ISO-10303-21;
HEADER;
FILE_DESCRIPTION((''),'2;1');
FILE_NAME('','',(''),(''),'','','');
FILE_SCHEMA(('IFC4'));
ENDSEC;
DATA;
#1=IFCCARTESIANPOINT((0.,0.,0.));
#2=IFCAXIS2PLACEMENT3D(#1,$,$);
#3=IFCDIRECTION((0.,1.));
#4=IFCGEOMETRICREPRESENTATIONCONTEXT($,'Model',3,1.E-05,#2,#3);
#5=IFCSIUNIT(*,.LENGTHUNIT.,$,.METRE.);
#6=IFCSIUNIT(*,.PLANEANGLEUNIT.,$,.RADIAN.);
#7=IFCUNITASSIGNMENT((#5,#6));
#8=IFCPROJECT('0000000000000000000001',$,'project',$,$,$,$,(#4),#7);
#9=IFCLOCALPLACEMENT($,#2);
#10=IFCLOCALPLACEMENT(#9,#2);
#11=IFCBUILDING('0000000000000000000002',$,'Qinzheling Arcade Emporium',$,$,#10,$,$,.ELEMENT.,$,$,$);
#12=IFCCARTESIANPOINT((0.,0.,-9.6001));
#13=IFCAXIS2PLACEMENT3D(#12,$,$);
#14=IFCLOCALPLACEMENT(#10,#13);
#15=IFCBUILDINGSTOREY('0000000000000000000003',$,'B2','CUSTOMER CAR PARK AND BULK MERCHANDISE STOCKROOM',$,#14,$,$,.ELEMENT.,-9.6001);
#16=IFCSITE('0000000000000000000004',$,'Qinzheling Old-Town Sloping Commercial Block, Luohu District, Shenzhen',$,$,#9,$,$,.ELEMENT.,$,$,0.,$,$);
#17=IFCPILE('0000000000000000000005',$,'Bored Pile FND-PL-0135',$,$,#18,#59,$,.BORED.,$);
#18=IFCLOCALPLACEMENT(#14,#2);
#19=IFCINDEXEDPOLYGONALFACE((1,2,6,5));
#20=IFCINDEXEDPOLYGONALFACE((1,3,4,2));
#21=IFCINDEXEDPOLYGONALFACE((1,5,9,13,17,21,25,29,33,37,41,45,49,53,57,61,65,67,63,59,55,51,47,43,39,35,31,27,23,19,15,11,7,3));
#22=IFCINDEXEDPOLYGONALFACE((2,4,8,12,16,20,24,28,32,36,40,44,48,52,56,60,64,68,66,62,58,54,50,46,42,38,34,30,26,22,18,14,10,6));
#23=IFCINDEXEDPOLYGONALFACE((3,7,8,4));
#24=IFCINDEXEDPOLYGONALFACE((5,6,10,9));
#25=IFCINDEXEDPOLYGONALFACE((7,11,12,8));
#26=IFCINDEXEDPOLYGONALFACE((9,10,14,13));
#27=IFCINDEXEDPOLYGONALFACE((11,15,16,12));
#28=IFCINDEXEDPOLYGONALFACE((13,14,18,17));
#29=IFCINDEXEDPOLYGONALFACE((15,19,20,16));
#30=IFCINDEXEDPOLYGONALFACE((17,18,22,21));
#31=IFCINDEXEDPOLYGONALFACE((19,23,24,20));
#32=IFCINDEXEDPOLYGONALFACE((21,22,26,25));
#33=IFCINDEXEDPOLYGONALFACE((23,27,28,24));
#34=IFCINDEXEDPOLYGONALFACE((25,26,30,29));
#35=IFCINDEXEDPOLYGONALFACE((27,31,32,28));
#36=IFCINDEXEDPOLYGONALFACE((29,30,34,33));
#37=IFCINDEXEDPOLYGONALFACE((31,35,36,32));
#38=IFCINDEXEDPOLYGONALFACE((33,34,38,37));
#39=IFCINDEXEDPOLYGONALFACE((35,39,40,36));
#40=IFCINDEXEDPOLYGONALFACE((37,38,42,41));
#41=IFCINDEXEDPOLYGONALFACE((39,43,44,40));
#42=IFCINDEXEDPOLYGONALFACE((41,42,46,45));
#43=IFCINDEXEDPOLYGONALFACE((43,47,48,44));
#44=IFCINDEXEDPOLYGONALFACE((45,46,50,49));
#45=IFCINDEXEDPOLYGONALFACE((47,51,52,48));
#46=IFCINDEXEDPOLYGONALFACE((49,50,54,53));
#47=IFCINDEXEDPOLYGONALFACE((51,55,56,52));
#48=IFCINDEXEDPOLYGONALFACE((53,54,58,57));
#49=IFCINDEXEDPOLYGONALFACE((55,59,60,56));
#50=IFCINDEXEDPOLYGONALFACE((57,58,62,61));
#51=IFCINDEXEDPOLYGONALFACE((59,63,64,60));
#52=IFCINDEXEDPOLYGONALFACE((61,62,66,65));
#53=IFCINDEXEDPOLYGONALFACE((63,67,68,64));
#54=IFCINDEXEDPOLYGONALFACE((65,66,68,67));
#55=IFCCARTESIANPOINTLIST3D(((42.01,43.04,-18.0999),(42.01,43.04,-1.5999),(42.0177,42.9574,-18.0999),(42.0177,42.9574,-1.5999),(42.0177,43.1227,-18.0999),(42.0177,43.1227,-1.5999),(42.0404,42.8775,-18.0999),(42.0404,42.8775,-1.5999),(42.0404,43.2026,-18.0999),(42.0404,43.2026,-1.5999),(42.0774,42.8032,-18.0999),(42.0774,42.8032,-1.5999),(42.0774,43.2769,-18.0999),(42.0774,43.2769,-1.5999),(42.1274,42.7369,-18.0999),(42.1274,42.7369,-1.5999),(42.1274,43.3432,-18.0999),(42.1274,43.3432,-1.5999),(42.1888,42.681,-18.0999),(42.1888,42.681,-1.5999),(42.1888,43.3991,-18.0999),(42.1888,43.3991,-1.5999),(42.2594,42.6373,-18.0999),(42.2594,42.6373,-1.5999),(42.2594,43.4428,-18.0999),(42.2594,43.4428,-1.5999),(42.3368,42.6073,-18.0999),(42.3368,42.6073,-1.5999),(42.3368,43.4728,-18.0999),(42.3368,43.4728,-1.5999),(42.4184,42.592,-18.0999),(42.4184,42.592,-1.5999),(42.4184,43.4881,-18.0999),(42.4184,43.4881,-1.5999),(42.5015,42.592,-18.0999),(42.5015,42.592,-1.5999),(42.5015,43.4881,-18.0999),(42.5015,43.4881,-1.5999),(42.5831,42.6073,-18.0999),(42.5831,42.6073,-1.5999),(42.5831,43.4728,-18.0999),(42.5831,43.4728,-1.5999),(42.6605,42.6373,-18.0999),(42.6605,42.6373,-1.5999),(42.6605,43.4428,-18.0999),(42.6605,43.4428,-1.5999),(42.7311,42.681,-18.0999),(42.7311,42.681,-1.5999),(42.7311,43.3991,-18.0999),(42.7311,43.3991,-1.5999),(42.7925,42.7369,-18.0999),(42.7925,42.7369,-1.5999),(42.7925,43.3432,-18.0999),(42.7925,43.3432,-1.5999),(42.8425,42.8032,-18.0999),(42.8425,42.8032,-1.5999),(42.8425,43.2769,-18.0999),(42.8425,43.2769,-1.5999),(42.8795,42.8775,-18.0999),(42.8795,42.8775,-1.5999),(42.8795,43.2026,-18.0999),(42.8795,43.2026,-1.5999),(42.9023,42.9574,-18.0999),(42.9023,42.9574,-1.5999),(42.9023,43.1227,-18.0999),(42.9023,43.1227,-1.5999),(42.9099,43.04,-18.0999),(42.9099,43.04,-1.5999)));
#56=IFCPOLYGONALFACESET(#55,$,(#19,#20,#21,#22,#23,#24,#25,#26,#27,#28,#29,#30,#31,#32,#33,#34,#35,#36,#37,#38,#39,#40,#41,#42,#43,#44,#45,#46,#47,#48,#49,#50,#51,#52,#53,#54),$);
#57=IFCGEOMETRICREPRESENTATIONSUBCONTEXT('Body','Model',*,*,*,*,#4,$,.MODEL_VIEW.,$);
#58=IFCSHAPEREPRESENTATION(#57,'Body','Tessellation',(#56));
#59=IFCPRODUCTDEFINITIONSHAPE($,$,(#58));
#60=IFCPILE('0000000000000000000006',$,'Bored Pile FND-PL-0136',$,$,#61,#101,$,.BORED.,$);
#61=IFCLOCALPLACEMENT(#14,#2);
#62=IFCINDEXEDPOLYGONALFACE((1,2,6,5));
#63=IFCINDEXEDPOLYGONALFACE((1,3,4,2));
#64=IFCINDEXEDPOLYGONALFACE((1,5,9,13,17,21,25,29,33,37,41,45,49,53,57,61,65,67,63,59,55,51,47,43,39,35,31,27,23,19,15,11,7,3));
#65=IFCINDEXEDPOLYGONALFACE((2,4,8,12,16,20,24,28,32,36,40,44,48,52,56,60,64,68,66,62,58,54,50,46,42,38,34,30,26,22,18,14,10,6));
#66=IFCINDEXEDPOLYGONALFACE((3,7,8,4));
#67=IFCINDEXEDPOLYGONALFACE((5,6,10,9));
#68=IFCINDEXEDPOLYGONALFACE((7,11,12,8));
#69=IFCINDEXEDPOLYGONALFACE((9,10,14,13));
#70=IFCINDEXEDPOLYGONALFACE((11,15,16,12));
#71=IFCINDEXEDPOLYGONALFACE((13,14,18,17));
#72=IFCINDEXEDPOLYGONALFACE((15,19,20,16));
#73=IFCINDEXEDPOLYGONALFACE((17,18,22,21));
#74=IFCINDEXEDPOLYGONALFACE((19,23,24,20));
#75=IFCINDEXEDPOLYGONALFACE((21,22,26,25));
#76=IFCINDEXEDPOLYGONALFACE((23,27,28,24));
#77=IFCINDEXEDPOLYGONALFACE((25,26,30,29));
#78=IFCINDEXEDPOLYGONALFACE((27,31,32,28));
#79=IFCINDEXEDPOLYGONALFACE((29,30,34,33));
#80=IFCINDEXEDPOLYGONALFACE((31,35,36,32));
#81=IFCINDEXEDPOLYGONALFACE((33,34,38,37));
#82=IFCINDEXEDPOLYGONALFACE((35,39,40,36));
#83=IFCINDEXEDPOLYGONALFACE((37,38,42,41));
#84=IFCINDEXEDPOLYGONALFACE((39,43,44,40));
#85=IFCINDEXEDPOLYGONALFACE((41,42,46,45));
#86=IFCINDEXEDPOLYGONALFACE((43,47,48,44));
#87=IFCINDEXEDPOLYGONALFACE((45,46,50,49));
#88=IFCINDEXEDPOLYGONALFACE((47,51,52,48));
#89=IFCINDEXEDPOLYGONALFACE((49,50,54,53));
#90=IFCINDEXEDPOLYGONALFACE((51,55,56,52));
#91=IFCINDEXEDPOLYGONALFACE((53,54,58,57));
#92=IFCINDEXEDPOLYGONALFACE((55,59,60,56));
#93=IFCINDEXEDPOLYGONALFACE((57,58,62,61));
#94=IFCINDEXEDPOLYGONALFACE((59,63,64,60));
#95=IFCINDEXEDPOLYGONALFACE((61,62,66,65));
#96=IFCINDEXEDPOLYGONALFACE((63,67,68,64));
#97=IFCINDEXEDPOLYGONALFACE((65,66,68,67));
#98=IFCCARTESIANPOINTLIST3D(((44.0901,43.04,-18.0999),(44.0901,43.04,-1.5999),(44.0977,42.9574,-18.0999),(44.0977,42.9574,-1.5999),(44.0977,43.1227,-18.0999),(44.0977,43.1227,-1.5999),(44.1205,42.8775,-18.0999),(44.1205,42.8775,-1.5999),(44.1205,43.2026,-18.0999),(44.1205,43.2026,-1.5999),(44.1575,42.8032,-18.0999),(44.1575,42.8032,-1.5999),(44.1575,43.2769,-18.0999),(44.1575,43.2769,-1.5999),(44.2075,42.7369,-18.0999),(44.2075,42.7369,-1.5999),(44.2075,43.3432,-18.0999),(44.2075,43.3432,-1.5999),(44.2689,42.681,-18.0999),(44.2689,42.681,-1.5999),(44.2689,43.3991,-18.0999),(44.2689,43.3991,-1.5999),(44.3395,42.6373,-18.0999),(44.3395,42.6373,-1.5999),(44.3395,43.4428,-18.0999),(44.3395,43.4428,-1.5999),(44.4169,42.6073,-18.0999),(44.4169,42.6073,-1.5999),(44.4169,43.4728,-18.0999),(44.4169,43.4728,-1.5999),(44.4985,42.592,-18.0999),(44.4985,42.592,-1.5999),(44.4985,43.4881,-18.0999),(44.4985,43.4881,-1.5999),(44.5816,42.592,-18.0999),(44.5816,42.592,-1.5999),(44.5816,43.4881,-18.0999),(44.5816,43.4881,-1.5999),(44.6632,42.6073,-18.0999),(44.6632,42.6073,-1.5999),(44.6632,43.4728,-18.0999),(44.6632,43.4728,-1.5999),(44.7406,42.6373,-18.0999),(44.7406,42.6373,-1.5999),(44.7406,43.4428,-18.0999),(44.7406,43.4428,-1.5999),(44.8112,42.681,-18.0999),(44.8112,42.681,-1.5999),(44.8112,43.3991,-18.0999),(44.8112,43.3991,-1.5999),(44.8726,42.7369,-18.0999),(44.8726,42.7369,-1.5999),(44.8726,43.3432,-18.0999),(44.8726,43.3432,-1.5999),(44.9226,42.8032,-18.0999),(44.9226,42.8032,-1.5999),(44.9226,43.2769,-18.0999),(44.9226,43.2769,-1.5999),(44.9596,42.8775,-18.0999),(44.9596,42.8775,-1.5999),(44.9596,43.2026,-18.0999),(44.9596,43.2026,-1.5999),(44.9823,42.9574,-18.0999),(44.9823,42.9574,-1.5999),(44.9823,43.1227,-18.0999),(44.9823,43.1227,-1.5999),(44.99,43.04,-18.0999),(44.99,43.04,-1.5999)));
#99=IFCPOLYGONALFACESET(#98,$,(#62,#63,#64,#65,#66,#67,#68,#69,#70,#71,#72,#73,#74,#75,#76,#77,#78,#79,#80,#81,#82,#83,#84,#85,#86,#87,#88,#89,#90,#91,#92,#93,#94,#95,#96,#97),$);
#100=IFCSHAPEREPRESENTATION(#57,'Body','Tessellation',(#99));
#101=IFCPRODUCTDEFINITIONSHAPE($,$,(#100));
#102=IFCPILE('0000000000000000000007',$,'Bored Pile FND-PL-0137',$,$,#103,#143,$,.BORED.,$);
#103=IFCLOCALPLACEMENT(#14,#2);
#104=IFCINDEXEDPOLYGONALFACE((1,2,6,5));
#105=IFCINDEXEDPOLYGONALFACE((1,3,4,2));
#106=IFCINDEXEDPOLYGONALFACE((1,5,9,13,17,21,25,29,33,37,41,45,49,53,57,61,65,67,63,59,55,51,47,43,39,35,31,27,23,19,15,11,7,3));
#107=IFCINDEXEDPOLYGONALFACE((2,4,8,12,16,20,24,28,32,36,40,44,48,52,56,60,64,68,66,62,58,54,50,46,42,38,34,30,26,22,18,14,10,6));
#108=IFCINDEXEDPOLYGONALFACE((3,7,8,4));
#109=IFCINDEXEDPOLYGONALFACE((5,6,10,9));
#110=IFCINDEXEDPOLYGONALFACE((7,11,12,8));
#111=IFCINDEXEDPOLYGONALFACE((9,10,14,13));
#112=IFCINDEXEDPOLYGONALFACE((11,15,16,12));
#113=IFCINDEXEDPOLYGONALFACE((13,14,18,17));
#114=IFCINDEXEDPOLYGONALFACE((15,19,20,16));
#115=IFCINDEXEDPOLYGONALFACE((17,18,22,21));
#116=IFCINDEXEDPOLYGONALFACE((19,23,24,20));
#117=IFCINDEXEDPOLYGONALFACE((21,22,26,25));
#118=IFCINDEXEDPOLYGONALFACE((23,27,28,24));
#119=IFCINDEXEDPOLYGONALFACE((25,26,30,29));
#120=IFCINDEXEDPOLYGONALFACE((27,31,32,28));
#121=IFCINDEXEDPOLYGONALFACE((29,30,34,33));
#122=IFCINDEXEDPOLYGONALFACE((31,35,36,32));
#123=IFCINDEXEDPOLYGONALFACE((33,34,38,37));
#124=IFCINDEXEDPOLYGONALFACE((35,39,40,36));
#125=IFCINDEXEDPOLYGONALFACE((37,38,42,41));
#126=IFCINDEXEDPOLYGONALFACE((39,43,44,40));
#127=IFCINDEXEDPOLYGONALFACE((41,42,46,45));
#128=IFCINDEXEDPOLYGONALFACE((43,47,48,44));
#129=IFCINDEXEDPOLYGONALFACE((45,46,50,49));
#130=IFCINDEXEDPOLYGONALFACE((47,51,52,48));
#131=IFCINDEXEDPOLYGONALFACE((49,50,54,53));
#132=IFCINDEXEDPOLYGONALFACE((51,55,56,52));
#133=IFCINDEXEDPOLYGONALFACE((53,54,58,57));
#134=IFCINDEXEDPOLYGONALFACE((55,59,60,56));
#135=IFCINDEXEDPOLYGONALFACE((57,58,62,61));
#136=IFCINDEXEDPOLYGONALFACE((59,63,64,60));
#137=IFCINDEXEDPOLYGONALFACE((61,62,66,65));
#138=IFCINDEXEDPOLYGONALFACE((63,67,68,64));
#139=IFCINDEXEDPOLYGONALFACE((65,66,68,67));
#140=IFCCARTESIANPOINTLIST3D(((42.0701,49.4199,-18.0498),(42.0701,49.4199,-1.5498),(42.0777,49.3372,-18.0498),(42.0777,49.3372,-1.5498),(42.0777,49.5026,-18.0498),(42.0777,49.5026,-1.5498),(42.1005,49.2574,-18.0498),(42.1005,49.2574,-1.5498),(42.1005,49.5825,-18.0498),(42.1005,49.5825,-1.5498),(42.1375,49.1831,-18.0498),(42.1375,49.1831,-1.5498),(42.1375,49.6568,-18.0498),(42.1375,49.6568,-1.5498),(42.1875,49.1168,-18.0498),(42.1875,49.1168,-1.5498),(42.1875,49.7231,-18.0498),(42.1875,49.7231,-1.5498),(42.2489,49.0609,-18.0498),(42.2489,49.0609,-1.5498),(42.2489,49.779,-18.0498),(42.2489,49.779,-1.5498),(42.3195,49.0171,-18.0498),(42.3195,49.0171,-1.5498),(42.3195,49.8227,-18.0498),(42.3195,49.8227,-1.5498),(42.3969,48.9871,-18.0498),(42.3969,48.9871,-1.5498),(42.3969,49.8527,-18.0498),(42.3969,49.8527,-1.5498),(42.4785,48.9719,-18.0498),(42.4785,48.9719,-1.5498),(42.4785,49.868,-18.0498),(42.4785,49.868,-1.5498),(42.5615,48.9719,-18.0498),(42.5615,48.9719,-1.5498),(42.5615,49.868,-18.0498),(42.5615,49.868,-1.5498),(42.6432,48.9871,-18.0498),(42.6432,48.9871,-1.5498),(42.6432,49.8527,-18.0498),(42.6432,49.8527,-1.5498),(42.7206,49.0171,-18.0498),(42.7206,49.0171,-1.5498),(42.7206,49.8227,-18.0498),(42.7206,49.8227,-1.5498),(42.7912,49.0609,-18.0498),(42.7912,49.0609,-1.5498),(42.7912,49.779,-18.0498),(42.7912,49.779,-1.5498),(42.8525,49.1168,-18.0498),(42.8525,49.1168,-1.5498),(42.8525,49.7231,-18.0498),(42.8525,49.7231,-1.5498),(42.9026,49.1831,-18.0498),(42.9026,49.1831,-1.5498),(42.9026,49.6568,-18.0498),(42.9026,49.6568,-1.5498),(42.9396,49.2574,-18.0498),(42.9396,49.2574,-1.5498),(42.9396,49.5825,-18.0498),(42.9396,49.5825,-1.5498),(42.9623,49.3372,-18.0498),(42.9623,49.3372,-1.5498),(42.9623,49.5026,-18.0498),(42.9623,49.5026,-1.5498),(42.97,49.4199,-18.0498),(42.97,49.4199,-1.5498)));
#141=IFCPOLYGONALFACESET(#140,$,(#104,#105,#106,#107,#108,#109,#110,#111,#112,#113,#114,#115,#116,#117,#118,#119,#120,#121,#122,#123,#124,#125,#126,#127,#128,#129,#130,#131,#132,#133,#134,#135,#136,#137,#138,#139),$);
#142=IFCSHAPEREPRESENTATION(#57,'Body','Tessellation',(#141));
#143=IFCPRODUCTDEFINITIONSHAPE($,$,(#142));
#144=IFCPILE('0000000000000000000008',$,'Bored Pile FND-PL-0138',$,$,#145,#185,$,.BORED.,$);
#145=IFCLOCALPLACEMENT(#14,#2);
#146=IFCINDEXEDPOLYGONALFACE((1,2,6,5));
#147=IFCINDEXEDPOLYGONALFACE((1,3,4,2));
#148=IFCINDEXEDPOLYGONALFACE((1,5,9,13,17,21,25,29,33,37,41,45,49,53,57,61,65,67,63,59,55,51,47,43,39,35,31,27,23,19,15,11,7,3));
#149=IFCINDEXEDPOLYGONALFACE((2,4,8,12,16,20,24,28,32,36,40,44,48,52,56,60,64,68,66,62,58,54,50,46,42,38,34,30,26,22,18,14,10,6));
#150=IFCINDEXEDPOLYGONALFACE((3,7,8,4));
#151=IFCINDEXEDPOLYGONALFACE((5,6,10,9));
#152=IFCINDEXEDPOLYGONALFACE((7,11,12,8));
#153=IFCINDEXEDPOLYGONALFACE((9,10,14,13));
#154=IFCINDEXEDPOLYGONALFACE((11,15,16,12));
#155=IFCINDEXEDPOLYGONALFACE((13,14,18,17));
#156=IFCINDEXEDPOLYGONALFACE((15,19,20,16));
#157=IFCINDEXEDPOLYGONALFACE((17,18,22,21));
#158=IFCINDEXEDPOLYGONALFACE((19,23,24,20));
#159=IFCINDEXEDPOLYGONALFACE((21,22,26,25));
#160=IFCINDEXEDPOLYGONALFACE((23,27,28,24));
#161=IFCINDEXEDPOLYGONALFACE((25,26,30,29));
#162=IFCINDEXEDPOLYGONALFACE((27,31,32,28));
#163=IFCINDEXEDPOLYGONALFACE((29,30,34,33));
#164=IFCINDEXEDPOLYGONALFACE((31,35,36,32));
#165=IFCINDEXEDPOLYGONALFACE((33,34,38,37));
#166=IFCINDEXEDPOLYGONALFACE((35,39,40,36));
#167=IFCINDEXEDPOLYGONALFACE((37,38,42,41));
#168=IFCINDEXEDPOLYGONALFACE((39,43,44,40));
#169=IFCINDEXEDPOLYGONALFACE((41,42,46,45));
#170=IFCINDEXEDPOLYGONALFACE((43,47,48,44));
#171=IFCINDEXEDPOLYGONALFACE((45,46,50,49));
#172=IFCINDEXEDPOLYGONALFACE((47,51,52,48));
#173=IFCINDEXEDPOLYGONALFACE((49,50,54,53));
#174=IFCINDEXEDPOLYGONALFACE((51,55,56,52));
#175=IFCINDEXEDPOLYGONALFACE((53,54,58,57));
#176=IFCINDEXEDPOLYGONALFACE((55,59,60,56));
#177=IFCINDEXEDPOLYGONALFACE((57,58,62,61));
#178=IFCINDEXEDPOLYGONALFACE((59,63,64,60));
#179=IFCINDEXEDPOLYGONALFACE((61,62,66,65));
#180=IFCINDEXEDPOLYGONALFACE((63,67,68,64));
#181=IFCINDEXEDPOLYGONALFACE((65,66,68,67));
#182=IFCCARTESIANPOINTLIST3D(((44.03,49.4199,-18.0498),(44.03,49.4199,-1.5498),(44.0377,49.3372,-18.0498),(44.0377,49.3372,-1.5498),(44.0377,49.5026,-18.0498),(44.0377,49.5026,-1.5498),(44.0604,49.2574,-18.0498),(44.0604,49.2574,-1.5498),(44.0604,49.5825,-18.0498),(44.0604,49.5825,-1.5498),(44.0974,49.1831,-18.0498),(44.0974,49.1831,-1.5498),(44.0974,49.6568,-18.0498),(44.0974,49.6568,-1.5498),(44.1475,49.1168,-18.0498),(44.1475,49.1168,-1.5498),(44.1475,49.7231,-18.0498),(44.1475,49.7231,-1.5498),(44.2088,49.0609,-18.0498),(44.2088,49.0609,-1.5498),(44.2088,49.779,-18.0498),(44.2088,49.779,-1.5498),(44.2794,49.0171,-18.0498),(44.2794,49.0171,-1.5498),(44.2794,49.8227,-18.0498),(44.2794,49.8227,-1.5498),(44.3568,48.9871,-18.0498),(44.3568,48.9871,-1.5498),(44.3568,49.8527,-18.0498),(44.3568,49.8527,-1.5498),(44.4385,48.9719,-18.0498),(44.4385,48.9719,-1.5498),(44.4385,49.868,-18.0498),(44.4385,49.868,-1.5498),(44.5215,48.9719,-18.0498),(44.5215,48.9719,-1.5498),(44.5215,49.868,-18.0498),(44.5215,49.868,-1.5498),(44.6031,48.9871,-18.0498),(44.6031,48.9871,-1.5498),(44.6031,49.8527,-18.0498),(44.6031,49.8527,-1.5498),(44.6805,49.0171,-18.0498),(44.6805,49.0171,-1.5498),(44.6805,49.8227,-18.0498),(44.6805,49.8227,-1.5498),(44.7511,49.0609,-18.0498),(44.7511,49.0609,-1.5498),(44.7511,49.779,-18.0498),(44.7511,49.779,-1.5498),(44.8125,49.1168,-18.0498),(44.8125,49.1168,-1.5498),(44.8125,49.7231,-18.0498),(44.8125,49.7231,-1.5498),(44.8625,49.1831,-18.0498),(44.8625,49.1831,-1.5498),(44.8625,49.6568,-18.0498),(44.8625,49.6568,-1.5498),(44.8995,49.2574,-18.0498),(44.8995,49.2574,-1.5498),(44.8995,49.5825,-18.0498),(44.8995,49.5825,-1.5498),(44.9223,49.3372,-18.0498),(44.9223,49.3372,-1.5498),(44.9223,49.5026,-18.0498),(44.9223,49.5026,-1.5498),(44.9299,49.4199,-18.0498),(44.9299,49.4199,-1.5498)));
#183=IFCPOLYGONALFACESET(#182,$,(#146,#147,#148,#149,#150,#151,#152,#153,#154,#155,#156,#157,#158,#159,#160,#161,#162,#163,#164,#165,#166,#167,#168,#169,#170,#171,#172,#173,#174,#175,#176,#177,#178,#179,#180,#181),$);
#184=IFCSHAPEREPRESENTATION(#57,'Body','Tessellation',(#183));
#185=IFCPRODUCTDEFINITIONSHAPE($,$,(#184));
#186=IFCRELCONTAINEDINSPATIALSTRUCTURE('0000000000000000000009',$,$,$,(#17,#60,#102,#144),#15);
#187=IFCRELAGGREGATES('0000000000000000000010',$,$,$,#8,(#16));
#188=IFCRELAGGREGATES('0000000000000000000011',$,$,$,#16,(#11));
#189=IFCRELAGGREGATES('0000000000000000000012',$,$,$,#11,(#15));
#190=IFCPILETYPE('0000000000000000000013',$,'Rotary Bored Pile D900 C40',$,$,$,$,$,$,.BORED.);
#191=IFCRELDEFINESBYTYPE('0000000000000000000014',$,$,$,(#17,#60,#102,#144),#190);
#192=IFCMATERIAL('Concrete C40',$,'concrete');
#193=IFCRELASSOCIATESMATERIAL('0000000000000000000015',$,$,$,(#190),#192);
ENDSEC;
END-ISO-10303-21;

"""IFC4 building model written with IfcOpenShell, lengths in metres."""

from ifc_helpers import new_model, si_unit, direction, frame, origin, origin_2d, place, context, subcontext, project, spatial, circle, extrude, material, material_profile, profile_set, type_object, element, save


model = new_model("IFC4")

# Units and contexts
model_context = context("Model", 3, precision=1e-05, world=origin(), true_north=direction((0.0, 1.0)))
body_context = subcontext(model_context, "Body", "Model", "MODEL_VIEW")
ifc_project = project(units=[si_unit("LENGTHUNIT", "METRE"), si_unit("PLANEANGLEUNIT", "RADIAN")], contexts=[model_context])

# Site, building, storey
site_placement = place(None, origin())
site = spatial("IfcSite", under=ifc_project, at=site_placement, Name="Qinzheling Old-Town Sloping Commercial Block, Luohu District, Shenzhen", CompositionType="ELEMENT", RefElevation=0.0)
building_placement = place(site_placement, origin())
building = spatial("IfcBuilding", under=site, at=building_placement, Name="Qinzheling Arcade Emporium", CompositionType="ELEMENT")
storey_placement = place(building_placement, frame((0.0, 0.0, -9.6001)))
storey = spatial("IfcBuildingStorey", under=building, at=storey_placement, Name="B2", Description="CUSTOMER CAR PARK AND BULK MERCHANDISE STOCKROOM", CompositionType="ELEMENT", Elevation=-9.6001)

# Shared definitions
ifc_material_1 = material(Name="Concrete C40", Category="concrete")

# Piles
ifc_material_profile_1 = material_profile(ifc_material_1, circle(Radius=0.45, at=origin_2d()), Name="BORED D900", Category="concrete")
ifc_profile_set_1 = profile_set([ifc_material_profile_1], Name="Concrete C40")
pile_type = type_object("IfcPileType", Name="Rotary Bored Pile D900 C40", PredefinedType="BORED", material=ifc_profile_set_1)
for number, where, z_axis, x_axis, name in (
    (1, (42.46, 43.04, -1.5999), (0.0, 0.0, -1.0), (1.0, 0.0, 0.0), "Bored Pile FND-PL-0135"),
    (2, (44.54, 43.04, -1.5999), (0.0, 0.0, -1.0), (1.0, 0.0, 0.0), "Bored Pile FND-PL-0136"),
    (3, (42.52, 49.4199, -1.5498), (0.0, 0.0, -1.0), (1.0, 0.0, 0.0), "Bored Pile FND-PL-0137"),
    (4, (44.48, 49.4199, -1.5498), (0.0, 0.0, -1.0), (1.0, 0.0, 0.0), "Bored Pile FND-PL-0138"),
):
    element("IfcPile", number, at=place(storey_placement, frame(where, z_axis=z_axis, x_axis=x_axis)), inside=storey, type_object=pile_type, Name=name, PredefinedType="BORED", context=body_context, shape_type="SweptSolid", body=[
        extrude(circle(Radius=0.45, at=origin_2d()), origin(), (0.0, 0.0, 1.0), 16.5),
    ])

save(model, "model.ifc")
